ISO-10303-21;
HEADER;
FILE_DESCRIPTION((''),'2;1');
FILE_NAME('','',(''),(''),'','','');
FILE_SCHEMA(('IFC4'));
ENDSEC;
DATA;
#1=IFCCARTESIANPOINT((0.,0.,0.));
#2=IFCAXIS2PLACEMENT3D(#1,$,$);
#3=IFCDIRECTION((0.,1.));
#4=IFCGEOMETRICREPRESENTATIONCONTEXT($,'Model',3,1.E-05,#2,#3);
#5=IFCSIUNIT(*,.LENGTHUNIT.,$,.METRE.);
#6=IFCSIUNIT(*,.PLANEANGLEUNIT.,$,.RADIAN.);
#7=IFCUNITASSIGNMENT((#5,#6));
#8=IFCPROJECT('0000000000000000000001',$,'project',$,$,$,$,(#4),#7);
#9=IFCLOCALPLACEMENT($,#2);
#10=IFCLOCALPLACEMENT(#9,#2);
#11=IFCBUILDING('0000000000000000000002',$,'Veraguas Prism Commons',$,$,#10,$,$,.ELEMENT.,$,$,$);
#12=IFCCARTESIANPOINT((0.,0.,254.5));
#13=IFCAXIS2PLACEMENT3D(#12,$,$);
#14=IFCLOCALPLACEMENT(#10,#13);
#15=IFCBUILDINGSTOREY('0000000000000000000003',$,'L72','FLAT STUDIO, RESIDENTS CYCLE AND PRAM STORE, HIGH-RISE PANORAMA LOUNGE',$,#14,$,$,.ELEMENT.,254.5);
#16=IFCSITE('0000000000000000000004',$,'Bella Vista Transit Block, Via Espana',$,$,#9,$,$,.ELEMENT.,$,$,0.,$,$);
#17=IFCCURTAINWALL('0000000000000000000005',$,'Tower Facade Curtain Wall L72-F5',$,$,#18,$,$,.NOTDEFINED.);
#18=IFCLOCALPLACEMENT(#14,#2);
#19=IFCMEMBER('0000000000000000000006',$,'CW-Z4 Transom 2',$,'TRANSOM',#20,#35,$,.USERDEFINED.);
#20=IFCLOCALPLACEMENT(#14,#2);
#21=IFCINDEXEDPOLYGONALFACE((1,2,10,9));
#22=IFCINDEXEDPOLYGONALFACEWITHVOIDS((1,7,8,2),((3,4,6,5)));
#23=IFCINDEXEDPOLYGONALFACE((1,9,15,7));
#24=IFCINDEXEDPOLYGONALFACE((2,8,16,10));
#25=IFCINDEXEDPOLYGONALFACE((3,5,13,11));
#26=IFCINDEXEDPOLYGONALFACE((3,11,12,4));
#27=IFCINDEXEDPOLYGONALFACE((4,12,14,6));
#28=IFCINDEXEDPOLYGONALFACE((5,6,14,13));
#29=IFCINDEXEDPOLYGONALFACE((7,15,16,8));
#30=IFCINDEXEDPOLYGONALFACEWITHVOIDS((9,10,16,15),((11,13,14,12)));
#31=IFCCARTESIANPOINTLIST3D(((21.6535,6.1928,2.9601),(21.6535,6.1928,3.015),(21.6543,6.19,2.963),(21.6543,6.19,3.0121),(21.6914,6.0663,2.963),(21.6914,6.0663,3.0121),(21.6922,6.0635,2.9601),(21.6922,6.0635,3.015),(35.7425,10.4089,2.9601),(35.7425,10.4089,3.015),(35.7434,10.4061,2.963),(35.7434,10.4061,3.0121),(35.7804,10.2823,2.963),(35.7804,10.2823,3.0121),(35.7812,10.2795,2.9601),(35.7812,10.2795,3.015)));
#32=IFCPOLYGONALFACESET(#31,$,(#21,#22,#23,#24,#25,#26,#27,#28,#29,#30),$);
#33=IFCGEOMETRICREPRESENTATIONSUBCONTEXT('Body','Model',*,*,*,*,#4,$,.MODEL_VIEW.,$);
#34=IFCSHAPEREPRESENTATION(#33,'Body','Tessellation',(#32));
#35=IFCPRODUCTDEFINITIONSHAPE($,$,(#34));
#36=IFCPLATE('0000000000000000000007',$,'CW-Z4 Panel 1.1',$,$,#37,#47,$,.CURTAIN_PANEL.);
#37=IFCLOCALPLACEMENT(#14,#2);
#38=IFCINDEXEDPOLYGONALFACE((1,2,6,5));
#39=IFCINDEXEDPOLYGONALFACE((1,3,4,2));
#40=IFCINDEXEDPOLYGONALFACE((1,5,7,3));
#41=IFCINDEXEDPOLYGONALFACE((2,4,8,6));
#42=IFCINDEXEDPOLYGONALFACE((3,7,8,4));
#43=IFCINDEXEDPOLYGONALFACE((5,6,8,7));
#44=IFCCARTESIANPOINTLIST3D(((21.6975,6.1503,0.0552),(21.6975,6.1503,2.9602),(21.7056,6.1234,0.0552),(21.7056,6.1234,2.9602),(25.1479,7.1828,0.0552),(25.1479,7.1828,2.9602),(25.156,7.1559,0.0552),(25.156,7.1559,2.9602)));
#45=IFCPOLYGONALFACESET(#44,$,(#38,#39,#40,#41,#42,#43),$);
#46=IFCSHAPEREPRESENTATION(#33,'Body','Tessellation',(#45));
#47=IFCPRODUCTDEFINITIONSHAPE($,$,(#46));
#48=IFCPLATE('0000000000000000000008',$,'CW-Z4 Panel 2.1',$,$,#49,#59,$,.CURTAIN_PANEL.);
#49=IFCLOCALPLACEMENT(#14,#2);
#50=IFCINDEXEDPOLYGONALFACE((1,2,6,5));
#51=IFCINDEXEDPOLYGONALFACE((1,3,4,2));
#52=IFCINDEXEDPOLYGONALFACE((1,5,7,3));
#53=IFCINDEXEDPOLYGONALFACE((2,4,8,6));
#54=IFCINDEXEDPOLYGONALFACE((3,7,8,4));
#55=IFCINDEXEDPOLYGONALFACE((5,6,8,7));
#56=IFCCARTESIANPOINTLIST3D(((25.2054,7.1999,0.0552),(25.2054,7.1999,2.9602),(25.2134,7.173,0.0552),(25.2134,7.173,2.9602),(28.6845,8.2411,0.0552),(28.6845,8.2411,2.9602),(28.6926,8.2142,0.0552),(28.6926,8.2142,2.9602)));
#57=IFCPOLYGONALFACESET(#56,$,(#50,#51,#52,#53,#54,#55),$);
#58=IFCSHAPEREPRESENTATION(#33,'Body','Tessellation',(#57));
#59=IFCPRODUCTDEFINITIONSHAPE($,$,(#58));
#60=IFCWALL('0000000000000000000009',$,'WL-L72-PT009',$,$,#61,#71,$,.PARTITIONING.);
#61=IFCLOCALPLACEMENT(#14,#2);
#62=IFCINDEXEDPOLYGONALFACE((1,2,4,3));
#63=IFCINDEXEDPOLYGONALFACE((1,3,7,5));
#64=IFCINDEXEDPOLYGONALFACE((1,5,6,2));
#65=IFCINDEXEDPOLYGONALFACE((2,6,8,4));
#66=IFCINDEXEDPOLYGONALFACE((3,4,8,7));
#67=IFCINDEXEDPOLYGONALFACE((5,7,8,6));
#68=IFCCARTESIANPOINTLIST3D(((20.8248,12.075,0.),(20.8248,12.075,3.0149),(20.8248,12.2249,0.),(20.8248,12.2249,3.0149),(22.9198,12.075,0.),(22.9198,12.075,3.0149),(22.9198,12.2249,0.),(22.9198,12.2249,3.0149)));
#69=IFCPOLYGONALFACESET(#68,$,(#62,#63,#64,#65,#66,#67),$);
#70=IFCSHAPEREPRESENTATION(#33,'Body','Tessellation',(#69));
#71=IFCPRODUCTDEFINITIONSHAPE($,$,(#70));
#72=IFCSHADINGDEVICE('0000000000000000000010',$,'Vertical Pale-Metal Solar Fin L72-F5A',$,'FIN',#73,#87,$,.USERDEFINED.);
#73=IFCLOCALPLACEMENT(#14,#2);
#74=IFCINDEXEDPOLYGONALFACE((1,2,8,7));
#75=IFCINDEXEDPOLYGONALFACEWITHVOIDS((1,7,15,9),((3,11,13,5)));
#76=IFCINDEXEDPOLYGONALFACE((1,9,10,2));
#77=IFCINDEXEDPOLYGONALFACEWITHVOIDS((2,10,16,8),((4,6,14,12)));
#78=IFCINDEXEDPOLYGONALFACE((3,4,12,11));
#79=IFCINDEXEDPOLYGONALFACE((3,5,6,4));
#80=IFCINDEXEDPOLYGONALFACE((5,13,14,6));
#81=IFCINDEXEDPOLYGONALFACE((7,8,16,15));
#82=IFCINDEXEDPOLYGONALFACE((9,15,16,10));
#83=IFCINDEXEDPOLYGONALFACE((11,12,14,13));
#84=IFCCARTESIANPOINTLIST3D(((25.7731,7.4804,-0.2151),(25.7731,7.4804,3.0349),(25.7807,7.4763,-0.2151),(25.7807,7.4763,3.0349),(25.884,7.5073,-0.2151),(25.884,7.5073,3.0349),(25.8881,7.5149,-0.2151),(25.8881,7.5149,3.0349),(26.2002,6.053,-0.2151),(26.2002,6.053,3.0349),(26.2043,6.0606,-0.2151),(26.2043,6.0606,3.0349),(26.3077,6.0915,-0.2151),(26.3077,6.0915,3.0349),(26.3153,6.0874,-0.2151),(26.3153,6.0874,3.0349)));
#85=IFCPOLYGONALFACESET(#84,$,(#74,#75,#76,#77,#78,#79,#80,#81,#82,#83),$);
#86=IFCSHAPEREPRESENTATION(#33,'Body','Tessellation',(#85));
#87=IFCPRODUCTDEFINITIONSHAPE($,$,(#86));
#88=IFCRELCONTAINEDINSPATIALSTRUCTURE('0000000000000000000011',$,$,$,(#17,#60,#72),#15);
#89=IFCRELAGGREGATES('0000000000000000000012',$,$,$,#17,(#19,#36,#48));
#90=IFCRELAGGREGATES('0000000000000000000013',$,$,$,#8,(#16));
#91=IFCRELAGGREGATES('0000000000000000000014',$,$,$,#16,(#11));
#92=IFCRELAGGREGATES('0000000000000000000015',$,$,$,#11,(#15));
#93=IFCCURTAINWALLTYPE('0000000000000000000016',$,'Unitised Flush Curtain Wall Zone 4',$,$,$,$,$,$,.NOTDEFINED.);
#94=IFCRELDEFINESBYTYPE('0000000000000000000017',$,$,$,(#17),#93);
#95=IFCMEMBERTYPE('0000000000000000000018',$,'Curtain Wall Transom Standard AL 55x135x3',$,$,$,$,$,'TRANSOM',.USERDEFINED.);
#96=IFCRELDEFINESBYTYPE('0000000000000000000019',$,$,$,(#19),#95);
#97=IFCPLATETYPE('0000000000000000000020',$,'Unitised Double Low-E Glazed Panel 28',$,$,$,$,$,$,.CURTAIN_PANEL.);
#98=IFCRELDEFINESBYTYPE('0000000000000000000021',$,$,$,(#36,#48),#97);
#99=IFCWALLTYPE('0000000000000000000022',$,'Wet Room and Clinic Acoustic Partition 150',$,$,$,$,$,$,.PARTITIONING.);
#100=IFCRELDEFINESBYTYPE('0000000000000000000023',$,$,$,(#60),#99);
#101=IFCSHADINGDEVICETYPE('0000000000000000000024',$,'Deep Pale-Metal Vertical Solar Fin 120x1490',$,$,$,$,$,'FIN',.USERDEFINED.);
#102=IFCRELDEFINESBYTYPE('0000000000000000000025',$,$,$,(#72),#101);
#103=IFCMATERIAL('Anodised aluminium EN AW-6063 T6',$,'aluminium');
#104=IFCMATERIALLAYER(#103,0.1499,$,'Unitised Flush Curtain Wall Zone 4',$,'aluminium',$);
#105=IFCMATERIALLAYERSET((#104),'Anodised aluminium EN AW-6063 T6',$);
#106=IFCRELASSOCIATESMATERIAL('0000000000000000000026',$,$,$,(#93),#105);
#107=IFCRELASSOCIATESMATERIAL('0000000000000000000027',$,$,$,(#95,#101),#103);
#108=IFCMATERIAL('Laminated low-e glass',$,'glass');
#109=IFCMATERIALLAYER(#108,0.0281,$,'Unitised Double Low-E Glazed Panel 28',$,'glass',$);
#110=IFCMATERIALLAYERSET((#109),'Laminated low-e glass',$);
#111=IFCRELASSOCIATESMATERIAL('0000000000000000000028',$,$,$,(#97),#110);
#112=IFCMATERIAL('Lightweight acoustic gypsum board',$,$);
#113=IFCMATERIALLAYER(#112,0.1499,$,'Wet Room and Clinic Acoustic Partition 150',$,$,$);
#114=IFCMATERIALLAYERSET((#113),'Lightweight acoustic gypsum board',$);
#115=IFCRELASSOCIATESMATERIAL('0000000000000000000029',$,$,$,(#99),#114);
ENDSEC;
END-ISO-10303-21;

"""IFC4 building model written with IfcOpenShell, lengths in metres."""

from ifc_helpers import new_model, si_unit, direction, frame, frame_2d, origin, origin_2d, place, context, subcontext, project, spatial, rectangle, hollow_rectangle, extrude, source, transform, mapped, material, layer, layer_set, material_profile, profile_set, type_object, element, aggregate, save


model = new_model("IFC4")

# Units and contexts
model_context = context("Model", 3, precision=1e-05, world=origin(), true_north=direction((0.0, 1.0)))
body_context = subcontext(model_context, "Body", "Model", "MODEL_VIEW")
ifc_project = project(units=[si_unit("LENGTHUNIT", "METRE"), si_unit("PLANEANGLEUNIT", "RADIAN")], contexts=[model_context])

# Site, building, storey
site_placement = place(None, origin())
site = spatial("IfcSite", under=ifc_project, at=site_placement, Name="Bella Vista Transit Block, Via Espana", CompositionType="ELEMENT", RefElevation=0.0)
building_placement = place(site_placement, origin())
building = spatial("IfcBuilding", under=site, at=building_placement, Name="Veraguas Prism Commons", CompositionType="ELEMENT")
storey_placement = place(building_placement, frame((0.0, 0.0, 254.5)))
storey = spatial("IfcBuildingStorey", under=building, at=storey_placement, Name="L72", Description="FLAT STUDIO, RESIDENTS CYCLE AND PRAM STORE, HIGH-RISE PANORAMA LOUNGE", CompositionType="ELEMENT", Elevation=254.5)

# Curtain wall
ifc_material_1 = material(Name="Anodised aluminium EN AW-6063 T6", Category="aluminium")
ifc_layer_1 = layer(ifc_material_1, 0.1499, Name="Unitised Flush Curtain Wall Zone 4", Category="aluminium")
ifc_layer_set_1 = layer_set([ifc_layer_1], Name="Anodised aluminium EN AW-6063 T6")
curtain_wall_type = type_object("IfcCurtainWallType", Name="Unitised Flush Curtain Wall Zone 4", PredefinedType="NOTDEFINED", material=ifc_layer_set_1)
curtain_wall_1_placement = place(storey_placement, origin())
curtain_wall_1 = element("IfcCurtainWall", 1, at=curtain_wall_1_placement, inside=storey, type_object=curtain_wall_type, Name="Tower Facade Curtain Wall L72-F5", PredefinedType="NOTDEFINED")

# Member
ifc_material_profile_1 = material_profile(ifc_material_1, hollow_rectangle(XDim=0.0549, YDim=0.135, WallThickness=0.0029, at=origin_2d()), Name="AL55X135X3")
ifc_profile_set_1 = profile_set([ifc_material_profile_1], Name="Anodised aluminium EN AW-6063 T6")
member_type_1 = type_object("IfcMemberType", Name="Curtain Wall Transom Standard AL 55x135x3", ElementType="TRANSOM", PredefinedType="USERDEFINED", material=ifc_profile_set_1)
shared_shape_1 = source(origin(), body_context, "Body", "SweptSolid", [
    extrude(hollow_rectangle(XDim=0.0549, YDim=0.135, WallThickness=0.0029, at=origin_2d()), origin(), (0.0, 0.0, 1.0), 14.7063),
])
member_1_placement = place(storey_placement, frame((21.6729, 6.1282, 2.9875), z_axis=(0.958026, 0.286682, 0.0), x_axis=(0.0, 0.0, 1.0)))
member_1 = element("IfcMember", 2, at=member_1_placement, type_object=member_type_1, Name="CW-Z4 Transom 2", ObjectType="TRANSOM", PredefinedType="USERDEFINED", context=body_context, shape_type="MappedRepresentation", body=[
    mapped(shared_shape_1, transform((0.0, 0.0, 0.0), scale=1.0)),
])

# Plates
ifc_material_2 = material(Name="Laminated low-e glass", Category="glass")
ifc_layer_2 = layer(ifc_material_2, 0.0281, Name="Unitised Double Low-E Glazed Panel 28", Category="glass")
ifc_layer_set_2 = layer_set([ifc_layer_2], Name="Laminated low-e glass")
plate_type = type_object("IfcPlateType", Name="Unitised Double Low-E Glazed Panel 28", PredefinedType="CURTAIN_PANEL", material=ifc_layer_set_2)
shared_shape_2 = source(origin(), body_context, "Body", "SweptSolid", [
    extrude(rectangle(XDim=3.6016, YDim=0.0281, at=origin_2d()), origin(), (0.0, 0.0, 1.0), 2.905),
])
plate_1_placement = place(storey_placement, frame((23.4268, 6.6531, 0.0552), z_axis=(0.0, 0.0, 1.0), x_axis=(0.958023, 0.286692, 0.0)))
plate_1 = element("IfcPlate", 3, at=plate_1_placement, type_object=plate_type, Name="CW-Z4 Panel 1.1", PredefinedType="CURTAIN_PANEL", context=body_context, shape_type="MappedRepresentation", body=[
    mapped(shared_shape_2, transform((0.0, 0.0, 0.0), scale=1.0)),
])
shared_shape_3 = source(origin(), body_context, "Body", "SweptSolid", [
    extrude(rectangle(XDim=3.6316, YDim=0.0281, at=origin_2d()), origin(), (0.0, 0.0, 1.0), 2.905),
])
plate_2_placement = place(storey_placement, frame((26.949, 7.707, 0.0552), z_axis=(0.0, 0.0, 1.0), x_axis=(0.958023, 0.286692, 0.0)))
plate_2 = element("IfcPlate", 4, at=plate_2_placement, type_object=plate_type, Name="CW-Z4 Panel 2.1", PredefinedType="CURTAIN_PANEL", context=body_context, shape_type="MappedRepresentation", body=[
    mapped(shared_shape_3, transform((0.0, 0.0, 0.0), scale=1.0)),
])
aggregate(curtain_wall_1, [member_1, plate_1, plate_2])

# Wall
ifc_material_3 = material(Name="Lightweight acoustic gypsum board")
ifc_layer_3 = layer(ifc_material_3, 0.1499, Name="Wet Room and Clinic Acoustic Partition 150")
ifc_layer_set_3 = layer_set([ifc_layer_3], Name="Lightweight acoustic gypsum board")
wall_type = type_object("IfcWallType", Name="Wet Room and Clinic Acoustic Partition 150", PredefinedType="PARTITIONING", material=ifc_layer_set_3)
wall_placement = place(storey_placement, frame((20.825, 12.1499, 0.0), z_axis=(0.0, 0.0, 1.0), x_axis=(1.0, 0.0, 0.0)))
element("IfcWall", 5, at=wall_placement, inside=storey, type_object=wall_type, Name="WL-L72-PT009", PredefinedType="PARTITIONING", context=body_context, shape_type="SweptSolid", body=[
    extrude(rectangle(XDim=2.095, YDim=0.1499, at=frame_2d((1.0474, 0.0))), origin(), (0.0, 0.0, 1.0), 3.0149),
])

# Shading device
ifc_material_profile_2 = material_profile(ifc_material_1, hollow_rectangle(XDim=0.1201, YDim=1.49, WallThickness=0.0061, at=origin_2d()), Name="FIN120X1490X6")
ifc_profile_set_2 = profile_set([ifc_material_profile_2], Name="Anodised aluminium EN AW-6063 T6")
shading_device_type = type_object("IfcShadingDeviceType", Name="Deep Pale-Metal Vertical Solar Fin 120x1490", ElementType="FIN", PredefinedType="USERDEFINED", material=ifc_profile_set_2)
shading_device_placement = place(storey_placement, frame((26.0442, 6.7839, -0.2151), z_axis=(0.0, 0.0, 1.0), x_axis=(0.958023, 0.286692, 0.0)))
element("IfcShadingDevice", 6, at=shading_device_placement, inside=storey, type_object=shading_device_type, Name="Vertical Pale-Metal Solar Fin L72-F5A", ObjectType="FIN", PredefinedType="USERDEFINED", context=body_context, shape_type="SweptSolid", body=[
    extrude(hollow_rectangle(XDim=0.1201, YDim=1.49, WallThickness=0.0061, at=origin_2d()), origin(), (0.0, 0.0, 1.0), 3.25),
])

save(model, "model.ifc")
